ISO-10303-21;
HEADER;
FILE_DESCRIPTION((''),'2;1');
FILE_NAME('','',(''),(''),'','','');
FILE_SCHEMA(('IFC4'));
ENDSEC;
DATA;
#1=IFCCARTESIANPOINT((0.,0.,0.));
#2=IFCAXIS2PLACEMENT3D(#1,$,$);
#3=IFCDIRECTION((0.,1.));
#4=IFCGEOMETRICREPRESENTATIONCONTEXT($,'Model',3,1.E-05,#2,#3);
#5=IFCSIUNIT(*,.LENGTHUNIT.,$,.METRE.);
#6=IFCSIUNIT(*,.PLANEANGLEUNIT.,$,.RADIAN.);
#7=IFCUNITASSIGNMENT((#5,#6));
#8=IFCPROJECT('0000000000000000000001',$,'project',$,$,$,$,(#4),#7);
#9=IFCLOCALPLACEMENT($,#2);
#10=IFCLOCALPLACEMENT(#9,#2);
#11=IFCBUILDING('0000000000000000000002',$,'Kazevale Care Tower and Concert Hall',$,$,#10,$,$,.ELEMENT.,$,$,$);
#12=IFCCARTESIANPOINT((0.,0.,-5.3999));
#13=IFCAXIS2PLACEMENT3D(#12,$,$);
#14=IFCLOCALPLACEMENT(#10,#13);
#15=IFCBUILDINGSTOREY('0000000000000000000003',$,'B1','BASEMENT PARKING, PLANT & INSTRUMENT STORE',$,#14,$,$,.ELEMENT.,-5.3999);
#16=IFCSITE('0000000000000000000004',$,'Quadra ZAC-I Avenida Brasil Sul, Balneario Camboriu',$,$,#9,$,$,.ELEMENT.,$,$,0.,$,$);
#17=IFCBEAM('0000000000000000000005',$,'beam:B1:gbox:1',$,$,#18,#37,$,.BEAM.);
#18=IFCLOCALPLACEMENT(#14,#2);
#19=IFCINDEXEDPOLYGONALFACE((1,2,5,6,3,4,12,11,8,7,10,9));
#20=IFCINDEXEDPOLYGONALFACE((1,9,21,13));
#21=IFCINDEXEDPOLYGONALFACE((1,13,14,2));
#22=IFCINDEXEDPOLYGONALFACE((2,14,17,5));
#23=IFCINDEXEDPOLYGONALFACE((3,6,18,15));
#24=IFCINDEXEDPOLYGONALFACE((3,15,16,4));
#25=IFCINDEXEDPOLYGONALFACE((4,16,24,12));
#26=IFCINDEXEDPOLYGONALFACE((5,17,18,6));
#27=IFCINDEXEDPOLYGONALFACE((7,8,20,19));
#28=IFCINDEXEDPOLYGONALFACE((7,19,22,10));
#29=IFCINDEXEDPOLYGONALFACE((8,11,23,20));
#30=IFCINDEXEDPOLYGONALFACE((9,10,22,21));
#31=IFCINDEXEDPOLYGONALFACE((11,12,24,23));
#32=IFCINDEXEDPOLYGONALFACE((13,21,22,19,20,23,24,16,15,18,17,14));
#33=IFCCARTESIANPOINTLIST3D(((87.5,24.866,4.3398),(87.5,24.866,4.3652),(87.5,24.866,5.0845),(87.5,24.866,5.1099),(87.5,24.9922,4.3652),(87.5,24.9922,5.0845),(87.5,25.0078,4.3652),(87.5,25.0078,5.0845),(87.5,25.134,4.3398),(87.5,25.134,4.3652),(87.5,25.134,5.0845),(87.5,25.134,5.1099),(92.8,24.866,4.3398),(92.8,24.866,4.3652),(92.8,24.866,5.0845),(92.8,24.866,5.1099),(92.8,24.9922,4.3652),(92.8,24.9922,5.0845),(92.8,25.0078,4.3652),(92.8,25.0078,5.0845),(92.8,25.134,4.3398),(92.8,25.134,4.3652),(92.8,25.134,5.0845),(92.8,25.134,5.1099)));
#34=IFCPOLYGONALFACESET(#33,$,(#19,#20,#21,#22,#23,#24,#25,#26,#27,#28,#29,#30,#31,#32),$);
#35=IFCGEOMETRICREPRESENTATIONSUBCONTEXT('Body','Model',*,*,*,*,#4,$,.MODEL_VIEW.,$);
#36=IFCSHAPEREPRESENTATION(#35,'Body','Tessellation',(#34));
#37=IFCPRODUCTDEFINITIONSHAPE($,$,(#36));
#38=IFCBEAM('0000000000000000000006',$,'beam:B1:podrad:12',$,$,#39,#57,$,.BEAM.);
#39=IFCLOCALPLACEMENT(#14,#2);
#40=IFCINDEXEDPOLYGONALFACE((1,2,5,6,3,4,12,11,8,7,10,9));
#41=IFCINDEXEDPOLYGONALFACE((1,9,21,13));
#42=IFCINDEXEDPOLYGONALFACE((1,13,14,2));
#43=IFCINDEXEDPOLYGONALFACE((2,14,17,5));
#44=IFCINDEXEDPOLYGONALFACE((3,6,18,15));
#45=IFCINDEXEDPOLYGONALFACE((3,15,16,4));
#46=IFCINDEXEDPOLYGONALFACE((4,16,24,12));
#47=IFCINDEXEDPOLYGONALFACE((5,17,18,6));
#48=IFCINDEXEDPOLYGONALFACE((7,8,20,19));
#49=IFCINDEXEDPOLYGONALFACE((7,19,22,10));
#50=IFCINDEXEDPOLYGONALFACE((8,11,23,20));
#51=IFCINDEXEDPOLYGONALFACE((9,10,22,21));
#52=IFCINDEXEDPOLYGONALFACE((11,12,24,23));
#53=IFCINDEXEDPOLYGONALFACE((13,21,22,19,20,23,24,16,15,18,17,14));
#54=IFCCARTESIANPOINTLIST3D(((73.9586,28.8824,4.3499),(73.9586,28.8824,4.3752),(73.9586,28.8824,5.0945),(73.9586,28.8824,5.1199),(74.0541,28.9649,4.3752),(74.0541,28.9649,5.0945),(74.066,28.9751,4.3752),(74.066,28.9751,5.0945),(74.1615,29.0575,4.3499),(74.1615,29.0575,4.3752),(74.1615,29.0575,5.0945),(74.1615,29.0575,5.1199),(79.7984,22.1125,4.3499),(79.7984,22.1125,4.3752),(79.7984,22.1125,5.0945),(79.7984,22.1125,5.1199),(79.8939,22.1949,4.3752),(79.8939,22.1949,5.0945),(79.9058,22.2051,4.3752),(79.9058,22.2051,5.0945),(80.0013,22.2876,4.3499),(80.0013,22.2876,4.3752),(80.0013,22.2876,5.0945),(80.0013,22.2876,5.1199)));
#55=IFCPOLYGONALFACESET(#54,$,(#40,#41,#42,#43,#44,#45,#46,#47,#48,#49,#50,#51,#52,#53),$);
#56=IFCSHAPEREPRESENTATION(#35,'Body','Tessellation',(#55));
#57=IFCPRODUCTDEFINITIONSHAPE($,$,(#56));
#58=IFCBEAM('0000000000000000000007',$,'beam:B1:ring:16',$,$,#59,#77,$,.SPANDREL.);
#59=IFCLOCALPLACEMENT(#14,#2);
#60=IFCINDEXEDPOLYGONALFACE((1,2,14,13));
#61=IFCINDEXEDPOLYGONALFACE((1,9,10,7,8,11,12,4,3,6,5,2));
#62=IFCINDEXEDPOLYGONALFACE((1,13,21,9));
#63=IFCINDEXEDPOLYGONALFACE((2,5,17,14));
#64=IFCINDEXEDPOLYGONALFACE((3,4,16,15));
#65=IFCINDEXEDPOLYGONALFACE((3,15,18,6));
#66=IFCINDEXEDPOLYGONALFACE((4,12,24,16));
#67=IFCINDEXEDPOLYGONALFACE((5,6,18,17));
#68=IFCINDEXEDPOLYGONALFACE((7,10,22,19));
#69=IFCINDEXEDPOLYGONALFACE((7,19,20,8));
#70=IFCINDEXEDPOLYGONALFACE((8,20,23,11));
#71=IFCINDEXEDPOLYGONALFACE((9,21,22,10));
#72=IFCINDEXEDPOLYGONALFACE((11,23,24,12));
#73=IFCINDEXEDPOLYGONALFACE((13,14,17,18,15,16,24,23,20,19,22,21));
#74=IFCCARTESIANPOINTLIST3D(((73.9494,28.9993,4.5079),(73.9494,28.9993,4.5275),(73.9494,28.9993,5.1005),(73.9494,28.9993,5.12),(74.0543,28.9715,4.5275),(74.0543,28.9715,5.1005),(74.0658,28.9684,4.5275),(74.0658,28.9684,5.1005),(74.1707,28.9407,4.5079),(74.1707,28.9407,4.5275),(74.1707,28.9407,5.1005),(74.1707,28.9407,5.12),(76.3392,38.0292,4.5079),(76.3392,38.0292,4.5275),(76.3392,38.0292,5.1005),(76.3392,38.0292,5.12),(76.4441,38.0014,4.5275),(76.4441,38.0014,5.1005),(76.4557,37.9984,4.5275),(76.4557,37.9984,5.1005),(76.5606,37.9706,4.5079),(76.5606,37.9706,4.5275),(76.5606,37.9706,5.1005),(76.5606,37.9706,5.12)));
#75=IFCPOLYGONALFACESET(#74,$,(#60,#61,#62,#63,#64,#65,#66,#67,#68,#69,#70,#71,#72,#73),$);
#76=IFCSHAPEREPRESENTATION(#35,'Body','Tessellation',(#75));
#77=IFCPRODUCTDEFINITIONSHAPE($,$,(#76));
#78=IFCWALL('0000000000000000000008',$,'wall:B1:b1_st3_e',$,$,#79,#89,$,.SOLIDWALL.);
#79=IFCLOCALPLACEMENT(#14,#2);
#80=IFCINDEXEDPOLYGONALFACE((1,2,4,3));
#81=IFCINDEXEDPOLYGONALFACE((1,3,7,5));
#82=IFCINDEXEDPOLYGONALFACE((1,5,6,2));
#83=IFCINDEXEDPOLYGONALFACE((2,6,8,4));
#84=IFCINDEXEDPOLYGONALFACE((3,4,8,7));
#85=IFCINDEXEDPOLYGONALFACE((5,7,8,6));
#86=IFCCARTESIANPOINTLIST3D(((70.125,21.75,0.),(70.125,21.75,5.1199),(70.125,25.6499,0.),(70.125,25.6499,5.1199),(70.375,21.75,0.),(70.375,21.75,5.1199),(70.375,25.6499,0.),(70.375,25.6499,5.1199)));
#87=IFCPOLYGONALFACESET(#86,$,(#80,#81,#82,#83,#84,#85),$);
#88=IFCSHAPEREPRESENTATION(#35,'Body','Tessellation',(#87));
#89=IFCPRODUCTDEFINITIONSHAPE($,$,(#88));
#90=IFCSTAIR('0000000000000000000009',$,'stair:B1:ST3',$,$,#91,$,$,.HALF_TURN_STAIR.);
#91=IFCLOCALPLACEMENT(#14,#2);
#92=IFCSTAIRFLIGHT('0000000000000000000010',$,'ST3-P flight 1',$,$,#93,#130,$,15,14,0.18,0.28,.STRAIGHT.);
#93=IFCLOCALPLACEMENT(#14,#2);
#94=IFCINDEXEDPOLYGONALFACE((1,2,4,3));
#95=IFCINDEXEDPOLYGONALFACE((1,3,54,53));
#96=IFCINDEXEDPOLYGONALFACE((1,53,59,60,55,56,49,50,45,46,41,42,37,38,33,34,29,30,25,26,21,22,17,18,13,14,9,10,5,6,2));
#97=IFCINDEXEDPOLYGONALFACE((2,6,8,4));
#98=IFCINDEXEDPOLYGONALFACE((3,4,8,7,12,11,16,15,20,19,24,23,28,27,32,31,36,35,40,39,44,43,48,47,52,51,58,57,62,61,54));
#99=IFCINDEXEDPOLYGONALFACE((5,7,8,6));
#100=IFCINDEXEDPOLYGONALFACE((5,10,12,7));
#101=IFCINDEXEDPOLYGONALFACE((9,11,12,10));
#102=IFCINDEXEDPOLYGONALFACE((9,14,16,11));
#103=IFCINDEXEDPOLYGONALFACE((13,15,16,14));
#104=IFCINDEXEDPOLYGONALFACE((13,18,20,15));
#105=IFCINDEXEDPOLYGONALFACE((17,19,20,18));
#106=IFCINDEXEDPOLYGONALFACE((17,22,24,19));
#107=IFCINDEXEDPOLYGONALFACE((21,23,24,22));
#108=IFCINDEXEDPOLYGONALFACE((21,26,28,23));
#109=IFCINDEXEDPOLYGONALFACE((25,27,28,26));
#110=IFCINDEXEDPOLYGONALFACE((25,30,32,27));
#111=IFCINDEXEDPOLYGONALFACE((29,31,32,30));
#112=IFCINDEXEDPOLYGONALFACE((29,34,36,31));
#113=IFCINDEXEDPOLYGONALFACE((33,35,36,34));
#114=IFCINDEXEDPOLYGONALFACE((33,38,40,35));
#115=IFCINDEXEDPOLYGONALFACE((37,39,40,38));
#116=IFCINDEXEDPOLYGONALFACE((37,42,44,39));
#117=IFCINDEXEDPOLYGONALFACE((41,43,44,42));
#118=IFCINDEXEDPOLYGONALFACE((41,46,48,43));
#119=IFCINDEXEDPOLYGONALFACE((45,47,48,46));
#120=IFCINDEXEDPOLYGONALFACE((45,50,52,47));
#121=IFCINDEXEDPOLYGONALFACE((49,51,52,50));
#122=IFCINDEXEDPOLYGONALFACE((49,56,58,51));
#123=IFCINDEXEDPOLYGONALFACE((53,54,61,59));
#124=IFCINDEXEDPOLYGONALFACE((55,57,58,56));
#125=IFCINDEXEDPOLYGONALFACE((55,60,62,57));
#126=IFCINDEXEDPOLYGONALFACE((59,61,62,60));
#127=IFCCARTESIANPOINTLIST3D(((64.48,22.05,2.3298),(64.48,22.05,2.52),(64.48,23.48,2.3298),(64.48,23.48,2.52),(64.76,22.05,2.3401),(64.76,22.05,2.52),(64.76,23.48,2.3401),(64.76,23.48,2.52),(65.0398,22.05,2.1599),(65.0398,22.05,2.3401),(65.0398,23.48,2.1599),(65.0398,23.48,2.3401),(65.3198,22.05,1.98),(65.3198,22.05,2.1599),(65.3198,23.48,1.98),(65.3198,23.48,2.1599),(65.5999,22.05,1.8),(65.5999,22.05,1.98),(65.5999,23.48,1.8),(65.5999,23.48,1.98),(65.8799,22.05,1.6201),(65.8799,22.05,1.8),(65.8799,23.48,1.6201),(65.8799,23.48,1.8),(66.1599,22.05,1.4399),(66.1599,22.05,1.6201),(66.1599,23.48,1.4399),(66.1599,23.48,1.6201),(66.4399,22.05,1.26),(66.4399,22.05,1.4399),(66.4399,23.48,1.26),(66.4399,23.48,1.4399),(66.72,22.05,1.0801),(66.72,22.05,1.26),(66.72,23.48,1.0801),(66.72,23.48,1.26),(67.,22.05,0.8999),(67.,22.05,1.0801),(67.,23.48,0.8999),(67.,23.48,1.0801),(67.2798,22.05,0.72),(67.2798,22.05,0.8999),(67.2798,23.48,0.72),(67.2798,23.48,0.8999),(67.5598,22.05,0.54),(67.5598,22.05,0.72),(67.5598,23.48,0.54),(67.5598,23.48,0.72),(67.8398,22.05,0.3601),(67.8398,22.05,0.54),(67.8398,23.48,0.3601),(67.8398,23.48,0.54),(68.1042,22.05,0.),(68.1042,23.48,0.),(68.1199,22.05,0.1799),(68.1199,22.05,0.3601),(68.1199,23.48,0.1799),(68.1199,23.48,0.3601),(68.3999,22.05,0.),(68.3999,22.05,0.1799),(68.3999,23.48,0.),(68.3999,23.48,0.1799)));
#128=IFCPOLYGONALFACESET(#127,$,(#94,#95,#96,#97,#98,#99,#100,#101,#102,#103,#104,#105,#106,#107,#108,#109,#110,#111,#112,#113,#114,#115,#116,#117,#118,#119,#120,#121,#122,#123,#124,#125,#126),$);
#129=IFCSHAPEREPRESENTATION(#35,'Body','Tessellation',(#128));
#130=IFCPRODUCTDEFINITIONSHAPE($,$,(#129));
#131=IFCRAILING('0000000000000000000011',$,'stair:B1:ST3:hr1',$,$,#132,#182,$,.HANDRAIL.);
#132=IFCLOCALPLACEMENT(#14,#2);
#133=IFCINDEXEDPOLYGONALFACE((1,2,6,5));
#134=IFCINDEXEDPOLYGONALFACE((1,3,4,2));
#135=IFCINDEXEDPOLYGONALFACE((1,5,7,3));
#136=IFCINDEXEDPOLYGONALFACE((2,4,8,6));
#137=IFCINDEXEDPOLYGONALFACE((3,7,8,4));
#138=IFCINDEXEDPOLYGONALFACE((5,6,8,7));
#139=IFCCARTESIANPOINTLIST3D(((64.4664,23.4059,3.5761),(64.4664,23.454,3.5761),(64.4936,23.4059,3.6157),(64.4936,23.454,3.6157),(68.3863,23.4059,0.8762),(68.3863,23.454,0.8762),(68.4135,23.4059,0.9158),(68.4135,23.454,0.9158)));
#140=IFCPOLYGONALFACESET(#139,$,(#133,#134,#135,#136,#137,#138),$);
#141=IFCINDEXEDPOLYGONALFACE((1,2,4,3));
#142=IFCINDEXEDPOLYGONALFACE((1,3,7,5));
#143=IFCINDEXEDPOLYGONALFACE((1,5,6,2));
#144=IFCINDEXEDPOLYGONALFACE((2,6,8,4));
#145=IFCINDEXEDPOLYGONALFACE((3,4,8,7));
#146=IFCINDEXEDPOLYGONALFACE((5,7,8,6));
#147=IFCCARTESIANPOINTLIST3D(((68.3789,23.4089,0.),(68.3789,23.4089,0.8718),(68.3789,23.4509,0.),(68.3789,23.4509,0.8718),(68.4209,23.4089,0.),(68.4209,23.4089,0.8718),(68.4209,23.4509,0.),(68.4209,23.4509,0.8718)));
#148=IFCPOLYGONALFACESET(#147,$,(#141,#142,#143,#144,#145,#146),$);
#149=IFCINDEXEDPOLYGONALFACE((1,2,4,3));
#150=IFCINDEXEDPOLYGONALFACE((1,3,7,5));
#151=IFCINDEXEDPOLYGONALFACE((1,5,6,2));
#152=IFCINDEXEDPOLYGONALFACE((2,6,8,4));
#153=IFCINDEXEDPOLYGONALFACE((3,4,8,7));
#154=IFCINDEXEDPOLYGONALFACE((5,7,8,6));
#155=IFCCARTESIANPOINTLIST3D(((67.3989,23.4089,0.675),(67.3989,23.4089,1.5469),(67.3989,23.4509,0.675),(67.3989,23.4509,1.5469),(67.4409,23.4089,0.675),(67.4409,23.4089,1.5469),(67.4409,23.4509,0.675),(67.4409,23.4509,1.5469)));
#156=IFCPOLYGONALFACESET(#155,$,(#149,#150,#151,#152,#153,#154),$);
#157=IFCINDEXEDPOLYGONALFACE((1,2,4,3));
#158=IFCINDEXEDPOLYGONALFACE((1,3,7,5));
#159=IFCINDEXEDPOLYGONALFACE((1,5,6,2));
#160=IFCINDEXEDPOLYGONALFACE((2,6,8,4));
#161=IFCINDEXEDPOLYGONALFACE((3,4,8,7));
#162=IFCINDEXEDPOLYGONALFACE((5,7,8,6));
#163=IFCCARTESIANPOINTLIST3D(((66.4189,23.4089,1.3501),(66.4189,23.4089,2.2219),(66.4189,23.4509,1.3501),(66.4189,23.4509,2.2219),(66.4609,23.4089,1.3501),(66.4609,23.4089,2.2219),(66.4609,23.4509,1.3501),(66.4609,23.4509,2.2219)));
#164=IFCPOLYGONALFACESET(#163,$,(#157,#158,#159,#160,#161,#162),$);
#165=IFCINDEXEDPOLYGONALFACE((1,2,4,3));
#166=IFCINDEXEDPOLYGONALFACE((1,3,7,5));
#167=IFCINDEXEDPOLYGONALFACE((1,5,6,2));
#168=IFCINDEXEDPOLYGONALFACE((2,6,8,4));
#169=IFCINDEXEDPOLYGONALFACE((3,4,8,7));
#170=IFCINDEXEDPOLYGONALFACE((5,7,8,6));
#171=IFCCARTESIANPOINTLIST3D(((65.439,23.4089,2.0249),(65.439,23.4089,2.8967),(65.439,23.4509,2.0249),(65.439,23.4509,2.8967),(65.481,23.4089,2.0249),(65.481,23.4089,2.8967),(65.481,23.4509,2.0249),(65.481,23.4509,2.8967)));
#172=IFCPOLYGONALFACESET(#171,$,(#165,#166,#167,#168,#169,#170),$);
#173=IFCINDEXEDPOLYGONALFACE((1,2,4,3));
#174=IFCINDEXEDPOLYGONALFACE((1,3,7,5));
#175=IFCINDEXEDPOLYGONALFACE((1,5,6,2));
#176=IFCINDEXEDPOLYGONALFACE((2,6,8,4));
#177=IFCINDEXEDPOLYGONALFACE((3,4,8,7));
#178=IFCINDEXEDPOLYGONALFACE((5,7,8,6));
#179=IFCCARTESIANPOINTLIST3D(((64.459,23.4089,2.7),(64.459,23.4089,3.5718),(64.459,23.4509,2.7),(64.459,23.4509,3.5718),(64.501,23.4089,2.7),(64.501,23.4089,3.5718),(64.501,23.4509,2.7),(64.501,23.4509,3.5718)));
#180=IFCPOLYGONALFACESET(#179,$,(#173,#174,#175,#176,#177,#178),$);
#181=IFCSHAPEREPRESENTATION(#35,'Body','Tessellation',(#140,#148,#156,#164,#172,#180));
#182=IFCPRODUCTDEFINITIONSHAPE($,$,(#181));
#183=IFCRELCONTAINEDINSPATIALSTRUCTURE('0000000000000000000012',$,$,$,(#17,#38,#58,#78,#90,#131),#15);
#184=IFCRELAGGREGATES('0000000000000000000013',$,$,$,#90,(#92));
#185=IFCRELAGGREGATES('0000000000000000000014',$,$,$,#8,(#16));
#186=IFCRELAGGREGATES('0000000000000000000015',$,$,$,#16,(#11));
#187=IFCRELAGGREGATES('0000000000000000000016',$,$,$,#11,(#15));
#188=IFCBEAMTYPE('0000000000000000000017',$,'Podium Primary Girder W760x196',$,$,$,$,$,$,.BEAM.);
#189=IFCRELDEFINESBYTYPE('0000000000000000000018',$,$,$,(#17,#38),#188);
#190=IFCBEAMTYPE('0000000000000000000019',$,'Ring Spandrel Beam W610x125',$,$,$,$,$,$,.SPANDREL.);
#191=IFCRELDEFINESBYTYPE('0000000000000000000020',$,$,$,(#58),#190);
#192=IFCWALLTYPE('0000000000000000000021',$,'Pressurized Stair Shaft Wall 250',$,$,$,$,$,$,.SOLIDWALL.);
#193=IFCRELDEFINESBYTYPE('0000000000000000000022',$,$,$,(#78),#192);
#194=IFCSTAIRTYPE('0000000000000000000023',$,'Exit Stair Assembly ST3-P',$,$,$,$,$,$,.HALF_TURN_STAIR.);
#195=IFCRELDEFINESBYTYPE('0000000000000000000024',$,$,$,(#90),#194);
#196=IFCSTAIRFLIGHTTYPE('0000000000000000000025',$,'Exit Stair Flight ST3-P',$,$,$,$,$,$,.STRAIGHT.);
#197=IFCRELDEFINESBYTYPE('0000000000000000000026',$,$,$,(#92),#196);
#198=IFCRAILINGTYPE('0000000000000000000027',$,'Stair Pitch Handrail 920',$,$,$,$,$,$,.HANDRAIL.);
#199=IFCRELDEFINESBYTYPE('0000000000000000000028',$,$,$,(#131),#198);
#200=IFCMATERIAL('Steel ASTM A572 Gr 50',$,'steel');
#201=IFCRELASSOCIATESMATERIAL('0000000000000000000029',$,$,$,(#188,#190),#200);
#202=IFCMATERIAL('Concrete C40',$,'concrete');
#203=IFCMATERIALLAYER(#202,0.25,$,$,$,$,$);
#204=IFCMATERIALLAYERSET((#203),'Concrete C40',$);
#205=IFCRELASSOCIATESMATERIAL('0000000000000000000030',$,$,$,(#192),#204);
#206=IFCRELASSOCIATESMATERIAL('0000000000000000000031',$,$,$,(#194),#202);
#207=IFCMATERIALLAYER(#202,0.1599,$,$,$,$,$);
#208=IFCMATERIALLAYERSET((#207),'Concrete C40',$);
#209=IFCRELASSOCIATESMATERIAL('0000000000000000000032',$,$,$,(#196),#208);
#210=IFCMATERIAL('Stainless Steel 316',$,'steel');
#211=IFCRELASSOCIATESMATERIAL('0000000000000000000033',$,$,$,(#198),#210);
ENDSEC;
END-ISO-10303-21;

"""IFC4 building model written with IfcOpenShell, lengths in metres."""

from ifc_helpers import new_model, si_unit, direction, frame, frame_2d, origin, origin_2d, place, context, subcontext, project, spatial, polyline, rectangle, i_section, outline, extrude, material, layer, layer_set, material_profile, profile_set, type_object, element, aggregate, save


model = new_model("IFC4")

# Units and contexts
model_context = context("Model", 3, precision=1e-05, world=origin(), true_north=direction((0.0, 1.0)))
body_context = subcontext(model_context, "Body", "Model", "MODEL_VIEW")
ifc_project = project(units=[si_unit("LENGTHUNIT", "METRE"), si_unit("PLANEANGLEUNIT", "RADIAN")], contexts=[model_context])

# Site, building, storey
site_placement = place(None, origin())
site = spatial("IfcSite", under=ifc_project, at=site_placement, Name="Quadra ZAC-I Avenida Brasil Sul, Balneario Camboriu", CompositionType="ELEMENT", RefElevation=0.0)
building_placement = place(site_placement, origin())
building = spatial("IfcBuilding", under=site, at=building_placement, Name="Kazevale Care Tower and Concert Hall", CompositionType="ELEMENT")
storey_placement = place(building_placement, frame((0.0, 0.0, -5.3999)))
storey = spatial("IfcBuildingStorey", under=building, at=storey_placement, Name="B1", Description="BASEMENT PARKING, PLANT & INSTRUMENT STORE", CompositionType="ELEMENT", Elevation=-5.3999)

# Beams
ifc_material_1 = material(Name="Steel ASTM A572 Gr 50", Category="steel")
ifc_material_profile_1 = material_profile(ifc_material_1, i_section(OverallWidth=0.2681, OverallDepth=0.77, WebThickness=0.0156, FlangeThickness=0.0254, at=origin_2d()), Name="W760x196")
ifc_profile_set_1 = profile_set([ifc_material_profile_1], Name="Steel ASTM A572 Gr 50")
beam_type_1 = type_object("IfcBeamType", Name="Podium Primary Girder W760x196", PredefinedType="BEAM", material=ifc_profile_set_1)
beam_1_placement = place(storey_placement, frame((87.5, 25.0, 4.7249), z_axis=(1.0, 0.0, 0.0), x_axis=(0.0, 1.0, 0.0)))
element("IfcBeam", 1, at=beam_1_placement, inside=storey, type_object=beam_type_1, Name="beam:B1:gbox:1", PredefinedType="BEAM", context=body_context, shape_type="SweptSolid", body=[
    extrude(i_section(OverallWidth=0.2681, OverallDepth=0.77, WebThickness=0.0156, FlangeThickness=0.0254, at=origin_2d()), origin(), (0.0, 0.0, 1.0), 5.3),
])
beam_2_placement = place(storey_placement, frame((74.0601, 28.97, 4.7349), z_axis=(0.653172, -0.75721, 0.0), x_axis=(0.75721, 0.653172, 0.0)))
element("IfcBeam", 2, at=beam_2_placement, inside=storey, type_object=beam_type_1, Name="beam:B1:podrad:12", PredefinedType="BEAM", context=body_context, shape_type="SweptSolid", body=[
    extrude(i_section(OverallWidth=0.2681, OverallDepth=0.77, WebThickness=0.0156, FlangeThickness=0.0254, at=origin_2d()), origin(), (0.0, 0.0, 1.0), 8.9407),
])
ifc_material_profile_2 = material_profile(ifc_material_1, i_section(OverallWidth=0.229, OverallDepth=0.6121, WebThickness=0.012, FlangeThickness=0.0195, at=origin_2d()), Name="W610x125")
ifc_profile_set_2 = profile_set([ifc_material_profile_2], Name="Steel ASTM A572 Gr 50")
beam_type_2 = type_object("IfcBeamType", Name="Ring Spandrel Beam W610x125", PredefinedType="SPANDREL", material=ifc_profile_set_2)
beam_3_placement = place(storey_placement, frame((74.0601, 28.97, 4.814), z_axis=(0.255852, 0.966716, 0.0), x_axis=(-0.966716, 0.255852, 0.0)))
element("IfcBeam", 3, at=beam_3_placement, inside=storey, type_object=beam_type_2, Name="beam:B1:ring:16", PredefinedType="SPANDREL", context=body_context, shape_type="SweptSolid", body=[
    extrude(i_section(OverallWidth=0.229, OverallDepth=0.6121, WebThickness=0.012, FlangeThickness=0.0195, at=origin_2d()), origin(), (0.0, 0.0, 1.0), 9.3408),
])

# Wall
ifc_material_2 = material(Name="Concrete C40", Category="concrete")
ifc_layer_1 = layer(ifc_material_2, 0.25)
ifc_layer_set_1 = layer_set([ifc_layer_1], Name="Concrete C40")
wall_type = type_object("IfcWallType", Name="Pressurized Stair Shaft Wall 250", PredefinedType="SOLIDWALL", material=ifc_layer_set_1)
wall_placement = place(storey_placement, frame((70.25, 21.75, 0.0), z_axis=(0.0, 0.0, 1.0), x_axis=(0.0, 1.0, 0.0)))
element("IfcWall", 4, at=wall_placement, inside=storey, type_object=wall_type, Name="wall:B1:b1_st3_e", PredefinedType="SOLIDWALL", context=body_context, shape_type="SweptSolid", body=[
    extrude(rectangle(XDim=3.8999, YDim=0.25, at=frame_2d((1.95, 0.0))), origin(), (0.0, 0.0, 1.0), 5.1199),
])

# Stair, stair flight
stair_type = type_object("IfcStairType", Name="Exit Stair Assembly ST3-P", PredefinedType="HALF_TURN_STAIR", material=ifc_material_2)
stair_placement = place(storey_placement, origin())
stair = element("IfcStair", 5, at=stair_placement, inside=storey, type_object=stair_type, Name="stair:B1:ST3", PredefinedType="HALF_TURN_STAIR")
ifc_layer_2 = layer(ifc_material_2, 0.1599)
ifc_layer_set_2 = layer_set([ifc_layer_2], Name="Concrete C40")
stair_flight_type = type_object("IfcStairFlightType", Name="Exit Stair Flight ST3-P", PredefinedType="STRAIGHT", material=ifc_layer_set_2)
stair_flight_placement = place(storey_placement, frame((68.3999, 22.7649, 0.0), z_axis=(0.0, 0.0, 1.0), x_axis=(-1.0, 0.0, 0.0)))
stair_flight = element("IfcStairFlight", 6, at=stair_flight_placement, type_object=stair_flight_type, Name="ST3-P flight 1", NumberOfRisers=15, NumberOfTreads=14, PredefinedType="STRAIGHT", RiserHeight=0.18, TreadLength=0.28, context=body_context, shape_type="SweptSolid", body=[
    extrude(outline(polyline([(0.0, 0.0), (0.0, 0.1799), (0.28, 0.1799), (0.28, 0.3601), (0.5601, 0.3601), (0.5601, 0.54), (0.8401, 0.54), (0.8401, 0.72), (1.1201, 0.72), (1.1201, 0.8999), (1.3999, 0.8999), (1.3999, 1.0801), (1.6799, 1.0801), (1.6799, 1.26), (1.96, 1.26), (1.96, 1.4399), (2.24, 1.4399), (2.24, 1.6201), (2.52, 1.6201), (2.52, 1.8), (2.8, 1.8), (2.8, 1.98), (3.0801, 1.98), (3.0801, 2.1599), (3.3601, 2.1599), (3.3601, 2.3401), (3.6399, 2.3401), (3.6399, 2.52), (3.9199, 2.52), (3.9199, 2.7), (3.9199, 2.3298), (0.2957, 0.0), (0.0, 0.0)])), frame((0.0, 0.7148, 0.0), z_axis=(0.0, -1.0, 0.0), x_axis=(1.0, 0.0, 0.0)), (0.0, 0.0, 1.0), 1.4299),
])
aggregate(stair, [stair_flight])

# Railing
ifc_material_3 = material(Name="Stainless Steel 316", Category="steel")
railing_type_1 = type_object("IfcRailingType", Name="Stair Pitch Handrail 920", PredefinedType="HANDRAIL", material=ifc_material_3)
railing_1_placement = place(storey_placement, frame((68.3999, 23.4299, 0.0)))
element("IfcRailing", 7, at=railing_1_placement, inside=storey, type_object=railing_type_1, Name="stair:B1:ST3:hr1", PredefinedType="HANDRAIL", context=body_context, shape_type="SweptSolid", body=[
    extrude(rectangle(XDim=0.0481, YDim=0.0481, at=origin_2d()), frame((0.0, 0.0, 0.896), z_axis=(-0.823551, 0.0, 0.567243), x_axis=(0.0, -1.0, 0.0)), (0.0, 0.0, 1.0), 4.7598),
    extrude(rectangle(XDim=0.042, YDim=0.042, at=origin_2d()), origin(), (0.0, 0.0, 1.0), 0.8718),
    extrude(rectangle(XDim=0.042, YDim=0.042, at=origin_2d()), frame((-0.98, 0.0, 0.675)), (0.0, 0.0, 1.0), 0.8718),
    extrude(rectangle(XDim=0.042, YDim=0.042, at=origin_2d()), frame((-1.96, 0.0, 1.3501)), (0.0, 0.0, 1.0), 0.8718),
    extrude(rectangle(XDim=0.042, YDim=0.042, at=origin_2d()), frame((-2.9399, 0.0, 2.0249)), (0.0, 0.0, 1.0), 0.8718),
    extrude(rectangle(XDim=0.042, YDim=0.042, at=origin_2d()), frame((-3.9199, 0.0, 2.7)), (0.0, 0.0, 1.0), 0.8718),
])

save(model, "model.ifc")
